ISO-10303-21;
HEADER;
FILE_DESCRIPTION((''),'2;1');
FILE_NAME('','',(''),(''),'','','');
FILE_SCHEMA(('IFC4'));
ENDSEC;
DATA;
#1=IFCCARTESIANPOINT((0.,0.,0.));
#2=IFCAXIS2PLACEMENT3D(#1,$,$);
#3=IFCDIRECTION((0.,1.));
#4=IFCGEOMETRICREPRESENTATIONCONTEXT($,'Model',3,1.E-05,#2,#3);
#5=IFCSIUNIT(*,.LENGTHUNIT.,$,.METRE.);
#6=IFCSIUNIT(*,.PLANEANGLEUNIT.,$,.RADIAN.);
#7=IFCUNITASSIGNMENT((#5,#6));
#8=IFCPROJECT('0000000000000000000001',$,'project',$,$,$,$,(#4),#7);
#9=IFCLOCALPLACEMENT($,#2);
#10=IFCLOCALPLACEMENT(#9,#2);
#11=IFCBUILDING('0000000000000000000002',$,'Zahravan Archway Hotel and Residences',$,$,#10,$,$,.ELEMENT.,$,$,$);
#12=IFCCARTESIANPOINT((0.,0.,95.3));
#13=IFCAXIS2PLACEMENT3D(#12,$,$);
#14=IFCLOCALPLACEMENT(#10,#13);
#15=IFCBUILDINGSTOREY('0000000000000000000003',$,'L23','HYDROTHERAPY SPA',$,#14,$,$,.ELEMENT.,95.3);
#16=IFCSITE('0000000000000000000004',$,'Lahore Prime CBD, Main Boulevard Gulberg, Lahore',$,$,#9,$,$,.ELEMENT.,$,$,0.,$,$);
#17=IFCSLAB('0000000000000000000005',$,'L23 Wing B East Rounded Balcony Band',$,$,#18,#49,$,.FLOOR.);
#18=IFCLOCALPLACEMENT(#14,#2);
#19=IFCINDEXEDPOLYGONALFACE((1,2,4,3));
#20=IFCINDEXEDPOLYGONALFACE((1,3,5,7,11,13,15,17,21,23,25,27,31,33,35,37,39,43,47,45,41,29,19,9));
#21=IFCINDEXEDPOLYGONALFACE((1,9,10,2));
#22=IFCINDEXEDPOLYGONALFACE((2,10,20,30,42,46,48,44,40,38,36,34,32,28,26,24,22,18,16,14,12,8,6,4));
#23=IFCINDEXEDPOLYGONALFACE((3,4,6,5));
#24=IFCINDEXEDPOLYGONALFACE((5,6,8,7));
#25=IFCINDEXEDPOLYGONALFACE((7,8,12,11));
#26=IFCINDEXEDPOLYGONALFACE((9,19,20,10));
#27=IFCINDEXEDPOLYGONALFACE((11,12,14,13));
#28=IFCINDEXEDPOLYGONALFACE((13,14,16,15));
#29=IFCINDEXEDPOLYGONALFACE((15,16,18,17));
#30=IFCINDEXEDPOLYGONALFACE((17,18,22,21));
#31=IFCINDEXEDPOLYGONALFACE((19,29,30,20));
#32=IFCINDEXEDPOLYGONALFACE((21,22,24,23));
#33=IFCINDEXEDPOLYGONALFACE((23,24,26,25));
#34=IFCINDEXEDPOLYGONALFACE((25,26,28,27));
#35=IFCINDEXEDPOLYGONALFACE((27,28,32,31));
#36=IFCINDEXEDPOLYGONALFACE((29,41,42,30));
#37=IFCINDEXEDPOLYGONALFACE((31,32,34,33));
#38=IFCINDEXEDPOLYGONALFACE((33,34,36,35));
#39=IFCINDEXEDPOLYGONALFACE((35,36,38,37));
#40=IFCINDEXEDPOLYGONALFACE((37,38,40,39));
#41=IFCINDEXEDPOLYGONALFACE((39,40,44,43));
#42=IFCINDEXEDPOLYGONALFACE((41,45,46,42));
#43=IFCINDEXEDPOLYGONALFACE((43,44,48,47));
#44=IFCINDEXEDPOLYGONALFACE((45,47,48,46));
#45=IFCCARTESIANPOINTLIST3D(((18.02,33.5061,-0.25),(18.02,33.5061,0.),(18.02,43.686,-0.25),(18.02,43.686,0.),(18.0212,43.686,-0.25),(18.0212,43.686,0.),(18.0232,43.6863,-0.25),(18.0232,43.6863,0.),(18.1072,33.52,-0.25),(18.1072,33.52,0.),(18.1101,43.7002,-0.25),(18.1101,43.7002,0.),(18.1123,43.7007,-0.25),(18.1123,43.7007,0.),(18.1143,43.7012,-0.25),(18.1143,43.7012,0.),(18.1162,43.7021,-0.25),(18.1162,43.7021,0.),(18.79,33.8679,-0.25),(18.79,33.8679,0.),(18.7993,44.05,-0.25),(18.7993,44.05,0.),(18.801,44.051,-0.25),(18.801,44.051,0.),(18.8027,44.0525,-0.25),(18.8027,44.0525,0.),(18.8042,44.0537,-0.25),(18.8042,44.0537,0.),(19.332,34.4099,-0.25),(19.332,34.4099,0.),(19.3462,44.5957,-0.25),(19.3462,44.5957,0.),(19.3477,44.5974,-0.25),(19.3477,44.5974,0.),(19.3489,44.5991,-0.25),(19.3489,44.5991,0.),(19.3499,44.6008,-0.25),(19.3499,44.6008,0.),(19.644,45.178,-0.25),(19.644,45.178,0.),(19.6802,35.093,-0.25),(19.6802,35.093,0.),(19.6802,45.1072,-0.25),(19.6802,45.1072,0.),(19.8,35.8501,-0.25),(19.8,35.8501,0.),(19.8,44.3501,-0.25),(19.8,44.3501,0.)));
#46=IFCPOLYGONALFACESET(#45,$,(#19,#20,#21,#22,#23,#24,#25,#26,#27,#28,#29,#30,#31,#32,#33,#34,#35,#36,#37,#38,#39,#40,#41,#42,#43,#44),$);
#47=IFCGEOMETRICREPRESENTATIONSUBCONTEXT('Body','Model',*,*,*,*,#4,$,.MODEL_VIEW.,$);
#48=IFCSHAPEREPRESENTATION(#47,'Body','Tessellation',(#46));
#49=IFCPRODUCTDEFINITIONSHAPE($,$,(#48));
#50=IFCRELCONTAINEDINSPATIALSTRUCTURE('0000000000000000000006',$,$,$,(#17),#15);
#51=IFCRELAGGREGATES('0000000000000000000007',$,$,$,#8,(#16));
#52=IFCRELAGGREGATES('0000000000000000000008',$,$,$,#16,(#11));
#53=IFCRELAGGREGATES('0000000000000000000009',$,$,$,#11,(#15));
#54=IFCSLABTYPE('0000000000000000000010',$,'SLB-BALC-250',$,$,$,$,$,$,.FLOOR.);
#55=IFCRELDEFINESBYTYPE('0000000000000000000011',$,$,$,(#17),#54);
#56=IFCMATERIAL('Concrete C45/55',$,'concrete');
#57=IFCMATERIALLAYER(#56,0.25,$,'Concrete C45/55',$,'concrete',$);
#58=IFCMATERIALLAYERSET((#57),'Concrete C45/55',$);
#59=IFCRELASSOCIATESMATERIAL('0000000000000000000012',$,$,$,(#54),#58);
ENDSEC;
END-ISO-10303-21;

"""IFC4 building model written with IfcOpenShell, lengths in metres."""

from ifc_helpers import new_model, si_unit, direction, frame, origin, place, context, subcontext, project, spatial, polyline, outline, extrude, material, layer, layer_set, type_object, element, save


model = new_model("IFC4")

# Units and contexts
model_context = context("Model", 3, precision=1e-05, world=origin(), true_north=direction((0.0, 1.0)))
body_context = subcontext(model_context, "Body", "Model", "MODEL_VIEW")
ifc_project = project(units=[si_unit("LENGTHUNIT", "METRE"), si_unit("PLANEANGLEUNIT", "RADIAN")], contexts=[model_context])

# Site, building, storey
site_placement = place(None, origin())
site = spatial("IfcSite", under=ifc_project, at=site_placement, Name="Lahore Prime CBD, Main Boulevard Gulberg, Lahore", CompositionType="ELEMENT", RefElevation=0.0)
building_placement = place(site_placement, origin())
building = spatial("IfcBuilding", under=site, at=building_placement, Name="Zahravan Archway Hotel and Residences", CompositionType="ELEMENT")
storey_placement = place(building_placement, frame((0.0, 0.0, 95.3)))
storey = spatial("IfcBuildingStorey", under=building, at=storey_placement, Name="L23", Description="HYDROTHERAPY SPA", CompositionType="ELEMENT", Elevation=95.3)

# Slab
ifc_material_1 = material(Name="Concrete C45/55", Category="concrete")
ifc_layer_1 = layer(ifc_material_1, 0.25, Name="Concrete C45/55", Category="concrete")
ifc_layer_set_1 = layer_set([ifc_layer_1], Name="Concrete C45/55")
slab_type_1 = type_object("IfcSlabType", Name="SLB-BALC-250", PredefinedType="FLOOR", material=ifc_layer_set_1)
slab_1_placement = place(storey_placement, frame((0.0, 0.0, -0.25)))
element("IfcSlab", 1, at=slab_1_placement, inside=storey, type_object=slab_type_1, Name="L23 Wing B East Rounded Balcony Band", PredefinedType="FLOOR", context=body_context, shape_type="SweptSolid", body=[
    extrude(outline(polyline([(19.6802, 45.1072), (19.8, 44.3501), (19.8, 35.8501), (19.6802, 35.093), (19.332, 34.4099), (18.79, 33.8679), (18.1072, 33.52), (18.02, 33.5061), (18.02, 43.686), (18.0212, 43.686), (18.0232, 43.6863), (18.1101, 43.7002), (18.1123, 43.7007), (18.1143, 43.7012), (18.1162, 43.7021), (18.7993, 44.05), (18.801, 44.051), (18.8027, 44.0525), (18.8042, 44.0537), (19.3462, 44.5957), (19.3477, 44.5974), (19.3489, 44.5991), (19.3499, 44.6008), (19.644, 45.178), (19.6802, 45.1072)])), origin(), (0.0, 0.0, 1.0), 0.25),
])

save(model, "model.ifc")
